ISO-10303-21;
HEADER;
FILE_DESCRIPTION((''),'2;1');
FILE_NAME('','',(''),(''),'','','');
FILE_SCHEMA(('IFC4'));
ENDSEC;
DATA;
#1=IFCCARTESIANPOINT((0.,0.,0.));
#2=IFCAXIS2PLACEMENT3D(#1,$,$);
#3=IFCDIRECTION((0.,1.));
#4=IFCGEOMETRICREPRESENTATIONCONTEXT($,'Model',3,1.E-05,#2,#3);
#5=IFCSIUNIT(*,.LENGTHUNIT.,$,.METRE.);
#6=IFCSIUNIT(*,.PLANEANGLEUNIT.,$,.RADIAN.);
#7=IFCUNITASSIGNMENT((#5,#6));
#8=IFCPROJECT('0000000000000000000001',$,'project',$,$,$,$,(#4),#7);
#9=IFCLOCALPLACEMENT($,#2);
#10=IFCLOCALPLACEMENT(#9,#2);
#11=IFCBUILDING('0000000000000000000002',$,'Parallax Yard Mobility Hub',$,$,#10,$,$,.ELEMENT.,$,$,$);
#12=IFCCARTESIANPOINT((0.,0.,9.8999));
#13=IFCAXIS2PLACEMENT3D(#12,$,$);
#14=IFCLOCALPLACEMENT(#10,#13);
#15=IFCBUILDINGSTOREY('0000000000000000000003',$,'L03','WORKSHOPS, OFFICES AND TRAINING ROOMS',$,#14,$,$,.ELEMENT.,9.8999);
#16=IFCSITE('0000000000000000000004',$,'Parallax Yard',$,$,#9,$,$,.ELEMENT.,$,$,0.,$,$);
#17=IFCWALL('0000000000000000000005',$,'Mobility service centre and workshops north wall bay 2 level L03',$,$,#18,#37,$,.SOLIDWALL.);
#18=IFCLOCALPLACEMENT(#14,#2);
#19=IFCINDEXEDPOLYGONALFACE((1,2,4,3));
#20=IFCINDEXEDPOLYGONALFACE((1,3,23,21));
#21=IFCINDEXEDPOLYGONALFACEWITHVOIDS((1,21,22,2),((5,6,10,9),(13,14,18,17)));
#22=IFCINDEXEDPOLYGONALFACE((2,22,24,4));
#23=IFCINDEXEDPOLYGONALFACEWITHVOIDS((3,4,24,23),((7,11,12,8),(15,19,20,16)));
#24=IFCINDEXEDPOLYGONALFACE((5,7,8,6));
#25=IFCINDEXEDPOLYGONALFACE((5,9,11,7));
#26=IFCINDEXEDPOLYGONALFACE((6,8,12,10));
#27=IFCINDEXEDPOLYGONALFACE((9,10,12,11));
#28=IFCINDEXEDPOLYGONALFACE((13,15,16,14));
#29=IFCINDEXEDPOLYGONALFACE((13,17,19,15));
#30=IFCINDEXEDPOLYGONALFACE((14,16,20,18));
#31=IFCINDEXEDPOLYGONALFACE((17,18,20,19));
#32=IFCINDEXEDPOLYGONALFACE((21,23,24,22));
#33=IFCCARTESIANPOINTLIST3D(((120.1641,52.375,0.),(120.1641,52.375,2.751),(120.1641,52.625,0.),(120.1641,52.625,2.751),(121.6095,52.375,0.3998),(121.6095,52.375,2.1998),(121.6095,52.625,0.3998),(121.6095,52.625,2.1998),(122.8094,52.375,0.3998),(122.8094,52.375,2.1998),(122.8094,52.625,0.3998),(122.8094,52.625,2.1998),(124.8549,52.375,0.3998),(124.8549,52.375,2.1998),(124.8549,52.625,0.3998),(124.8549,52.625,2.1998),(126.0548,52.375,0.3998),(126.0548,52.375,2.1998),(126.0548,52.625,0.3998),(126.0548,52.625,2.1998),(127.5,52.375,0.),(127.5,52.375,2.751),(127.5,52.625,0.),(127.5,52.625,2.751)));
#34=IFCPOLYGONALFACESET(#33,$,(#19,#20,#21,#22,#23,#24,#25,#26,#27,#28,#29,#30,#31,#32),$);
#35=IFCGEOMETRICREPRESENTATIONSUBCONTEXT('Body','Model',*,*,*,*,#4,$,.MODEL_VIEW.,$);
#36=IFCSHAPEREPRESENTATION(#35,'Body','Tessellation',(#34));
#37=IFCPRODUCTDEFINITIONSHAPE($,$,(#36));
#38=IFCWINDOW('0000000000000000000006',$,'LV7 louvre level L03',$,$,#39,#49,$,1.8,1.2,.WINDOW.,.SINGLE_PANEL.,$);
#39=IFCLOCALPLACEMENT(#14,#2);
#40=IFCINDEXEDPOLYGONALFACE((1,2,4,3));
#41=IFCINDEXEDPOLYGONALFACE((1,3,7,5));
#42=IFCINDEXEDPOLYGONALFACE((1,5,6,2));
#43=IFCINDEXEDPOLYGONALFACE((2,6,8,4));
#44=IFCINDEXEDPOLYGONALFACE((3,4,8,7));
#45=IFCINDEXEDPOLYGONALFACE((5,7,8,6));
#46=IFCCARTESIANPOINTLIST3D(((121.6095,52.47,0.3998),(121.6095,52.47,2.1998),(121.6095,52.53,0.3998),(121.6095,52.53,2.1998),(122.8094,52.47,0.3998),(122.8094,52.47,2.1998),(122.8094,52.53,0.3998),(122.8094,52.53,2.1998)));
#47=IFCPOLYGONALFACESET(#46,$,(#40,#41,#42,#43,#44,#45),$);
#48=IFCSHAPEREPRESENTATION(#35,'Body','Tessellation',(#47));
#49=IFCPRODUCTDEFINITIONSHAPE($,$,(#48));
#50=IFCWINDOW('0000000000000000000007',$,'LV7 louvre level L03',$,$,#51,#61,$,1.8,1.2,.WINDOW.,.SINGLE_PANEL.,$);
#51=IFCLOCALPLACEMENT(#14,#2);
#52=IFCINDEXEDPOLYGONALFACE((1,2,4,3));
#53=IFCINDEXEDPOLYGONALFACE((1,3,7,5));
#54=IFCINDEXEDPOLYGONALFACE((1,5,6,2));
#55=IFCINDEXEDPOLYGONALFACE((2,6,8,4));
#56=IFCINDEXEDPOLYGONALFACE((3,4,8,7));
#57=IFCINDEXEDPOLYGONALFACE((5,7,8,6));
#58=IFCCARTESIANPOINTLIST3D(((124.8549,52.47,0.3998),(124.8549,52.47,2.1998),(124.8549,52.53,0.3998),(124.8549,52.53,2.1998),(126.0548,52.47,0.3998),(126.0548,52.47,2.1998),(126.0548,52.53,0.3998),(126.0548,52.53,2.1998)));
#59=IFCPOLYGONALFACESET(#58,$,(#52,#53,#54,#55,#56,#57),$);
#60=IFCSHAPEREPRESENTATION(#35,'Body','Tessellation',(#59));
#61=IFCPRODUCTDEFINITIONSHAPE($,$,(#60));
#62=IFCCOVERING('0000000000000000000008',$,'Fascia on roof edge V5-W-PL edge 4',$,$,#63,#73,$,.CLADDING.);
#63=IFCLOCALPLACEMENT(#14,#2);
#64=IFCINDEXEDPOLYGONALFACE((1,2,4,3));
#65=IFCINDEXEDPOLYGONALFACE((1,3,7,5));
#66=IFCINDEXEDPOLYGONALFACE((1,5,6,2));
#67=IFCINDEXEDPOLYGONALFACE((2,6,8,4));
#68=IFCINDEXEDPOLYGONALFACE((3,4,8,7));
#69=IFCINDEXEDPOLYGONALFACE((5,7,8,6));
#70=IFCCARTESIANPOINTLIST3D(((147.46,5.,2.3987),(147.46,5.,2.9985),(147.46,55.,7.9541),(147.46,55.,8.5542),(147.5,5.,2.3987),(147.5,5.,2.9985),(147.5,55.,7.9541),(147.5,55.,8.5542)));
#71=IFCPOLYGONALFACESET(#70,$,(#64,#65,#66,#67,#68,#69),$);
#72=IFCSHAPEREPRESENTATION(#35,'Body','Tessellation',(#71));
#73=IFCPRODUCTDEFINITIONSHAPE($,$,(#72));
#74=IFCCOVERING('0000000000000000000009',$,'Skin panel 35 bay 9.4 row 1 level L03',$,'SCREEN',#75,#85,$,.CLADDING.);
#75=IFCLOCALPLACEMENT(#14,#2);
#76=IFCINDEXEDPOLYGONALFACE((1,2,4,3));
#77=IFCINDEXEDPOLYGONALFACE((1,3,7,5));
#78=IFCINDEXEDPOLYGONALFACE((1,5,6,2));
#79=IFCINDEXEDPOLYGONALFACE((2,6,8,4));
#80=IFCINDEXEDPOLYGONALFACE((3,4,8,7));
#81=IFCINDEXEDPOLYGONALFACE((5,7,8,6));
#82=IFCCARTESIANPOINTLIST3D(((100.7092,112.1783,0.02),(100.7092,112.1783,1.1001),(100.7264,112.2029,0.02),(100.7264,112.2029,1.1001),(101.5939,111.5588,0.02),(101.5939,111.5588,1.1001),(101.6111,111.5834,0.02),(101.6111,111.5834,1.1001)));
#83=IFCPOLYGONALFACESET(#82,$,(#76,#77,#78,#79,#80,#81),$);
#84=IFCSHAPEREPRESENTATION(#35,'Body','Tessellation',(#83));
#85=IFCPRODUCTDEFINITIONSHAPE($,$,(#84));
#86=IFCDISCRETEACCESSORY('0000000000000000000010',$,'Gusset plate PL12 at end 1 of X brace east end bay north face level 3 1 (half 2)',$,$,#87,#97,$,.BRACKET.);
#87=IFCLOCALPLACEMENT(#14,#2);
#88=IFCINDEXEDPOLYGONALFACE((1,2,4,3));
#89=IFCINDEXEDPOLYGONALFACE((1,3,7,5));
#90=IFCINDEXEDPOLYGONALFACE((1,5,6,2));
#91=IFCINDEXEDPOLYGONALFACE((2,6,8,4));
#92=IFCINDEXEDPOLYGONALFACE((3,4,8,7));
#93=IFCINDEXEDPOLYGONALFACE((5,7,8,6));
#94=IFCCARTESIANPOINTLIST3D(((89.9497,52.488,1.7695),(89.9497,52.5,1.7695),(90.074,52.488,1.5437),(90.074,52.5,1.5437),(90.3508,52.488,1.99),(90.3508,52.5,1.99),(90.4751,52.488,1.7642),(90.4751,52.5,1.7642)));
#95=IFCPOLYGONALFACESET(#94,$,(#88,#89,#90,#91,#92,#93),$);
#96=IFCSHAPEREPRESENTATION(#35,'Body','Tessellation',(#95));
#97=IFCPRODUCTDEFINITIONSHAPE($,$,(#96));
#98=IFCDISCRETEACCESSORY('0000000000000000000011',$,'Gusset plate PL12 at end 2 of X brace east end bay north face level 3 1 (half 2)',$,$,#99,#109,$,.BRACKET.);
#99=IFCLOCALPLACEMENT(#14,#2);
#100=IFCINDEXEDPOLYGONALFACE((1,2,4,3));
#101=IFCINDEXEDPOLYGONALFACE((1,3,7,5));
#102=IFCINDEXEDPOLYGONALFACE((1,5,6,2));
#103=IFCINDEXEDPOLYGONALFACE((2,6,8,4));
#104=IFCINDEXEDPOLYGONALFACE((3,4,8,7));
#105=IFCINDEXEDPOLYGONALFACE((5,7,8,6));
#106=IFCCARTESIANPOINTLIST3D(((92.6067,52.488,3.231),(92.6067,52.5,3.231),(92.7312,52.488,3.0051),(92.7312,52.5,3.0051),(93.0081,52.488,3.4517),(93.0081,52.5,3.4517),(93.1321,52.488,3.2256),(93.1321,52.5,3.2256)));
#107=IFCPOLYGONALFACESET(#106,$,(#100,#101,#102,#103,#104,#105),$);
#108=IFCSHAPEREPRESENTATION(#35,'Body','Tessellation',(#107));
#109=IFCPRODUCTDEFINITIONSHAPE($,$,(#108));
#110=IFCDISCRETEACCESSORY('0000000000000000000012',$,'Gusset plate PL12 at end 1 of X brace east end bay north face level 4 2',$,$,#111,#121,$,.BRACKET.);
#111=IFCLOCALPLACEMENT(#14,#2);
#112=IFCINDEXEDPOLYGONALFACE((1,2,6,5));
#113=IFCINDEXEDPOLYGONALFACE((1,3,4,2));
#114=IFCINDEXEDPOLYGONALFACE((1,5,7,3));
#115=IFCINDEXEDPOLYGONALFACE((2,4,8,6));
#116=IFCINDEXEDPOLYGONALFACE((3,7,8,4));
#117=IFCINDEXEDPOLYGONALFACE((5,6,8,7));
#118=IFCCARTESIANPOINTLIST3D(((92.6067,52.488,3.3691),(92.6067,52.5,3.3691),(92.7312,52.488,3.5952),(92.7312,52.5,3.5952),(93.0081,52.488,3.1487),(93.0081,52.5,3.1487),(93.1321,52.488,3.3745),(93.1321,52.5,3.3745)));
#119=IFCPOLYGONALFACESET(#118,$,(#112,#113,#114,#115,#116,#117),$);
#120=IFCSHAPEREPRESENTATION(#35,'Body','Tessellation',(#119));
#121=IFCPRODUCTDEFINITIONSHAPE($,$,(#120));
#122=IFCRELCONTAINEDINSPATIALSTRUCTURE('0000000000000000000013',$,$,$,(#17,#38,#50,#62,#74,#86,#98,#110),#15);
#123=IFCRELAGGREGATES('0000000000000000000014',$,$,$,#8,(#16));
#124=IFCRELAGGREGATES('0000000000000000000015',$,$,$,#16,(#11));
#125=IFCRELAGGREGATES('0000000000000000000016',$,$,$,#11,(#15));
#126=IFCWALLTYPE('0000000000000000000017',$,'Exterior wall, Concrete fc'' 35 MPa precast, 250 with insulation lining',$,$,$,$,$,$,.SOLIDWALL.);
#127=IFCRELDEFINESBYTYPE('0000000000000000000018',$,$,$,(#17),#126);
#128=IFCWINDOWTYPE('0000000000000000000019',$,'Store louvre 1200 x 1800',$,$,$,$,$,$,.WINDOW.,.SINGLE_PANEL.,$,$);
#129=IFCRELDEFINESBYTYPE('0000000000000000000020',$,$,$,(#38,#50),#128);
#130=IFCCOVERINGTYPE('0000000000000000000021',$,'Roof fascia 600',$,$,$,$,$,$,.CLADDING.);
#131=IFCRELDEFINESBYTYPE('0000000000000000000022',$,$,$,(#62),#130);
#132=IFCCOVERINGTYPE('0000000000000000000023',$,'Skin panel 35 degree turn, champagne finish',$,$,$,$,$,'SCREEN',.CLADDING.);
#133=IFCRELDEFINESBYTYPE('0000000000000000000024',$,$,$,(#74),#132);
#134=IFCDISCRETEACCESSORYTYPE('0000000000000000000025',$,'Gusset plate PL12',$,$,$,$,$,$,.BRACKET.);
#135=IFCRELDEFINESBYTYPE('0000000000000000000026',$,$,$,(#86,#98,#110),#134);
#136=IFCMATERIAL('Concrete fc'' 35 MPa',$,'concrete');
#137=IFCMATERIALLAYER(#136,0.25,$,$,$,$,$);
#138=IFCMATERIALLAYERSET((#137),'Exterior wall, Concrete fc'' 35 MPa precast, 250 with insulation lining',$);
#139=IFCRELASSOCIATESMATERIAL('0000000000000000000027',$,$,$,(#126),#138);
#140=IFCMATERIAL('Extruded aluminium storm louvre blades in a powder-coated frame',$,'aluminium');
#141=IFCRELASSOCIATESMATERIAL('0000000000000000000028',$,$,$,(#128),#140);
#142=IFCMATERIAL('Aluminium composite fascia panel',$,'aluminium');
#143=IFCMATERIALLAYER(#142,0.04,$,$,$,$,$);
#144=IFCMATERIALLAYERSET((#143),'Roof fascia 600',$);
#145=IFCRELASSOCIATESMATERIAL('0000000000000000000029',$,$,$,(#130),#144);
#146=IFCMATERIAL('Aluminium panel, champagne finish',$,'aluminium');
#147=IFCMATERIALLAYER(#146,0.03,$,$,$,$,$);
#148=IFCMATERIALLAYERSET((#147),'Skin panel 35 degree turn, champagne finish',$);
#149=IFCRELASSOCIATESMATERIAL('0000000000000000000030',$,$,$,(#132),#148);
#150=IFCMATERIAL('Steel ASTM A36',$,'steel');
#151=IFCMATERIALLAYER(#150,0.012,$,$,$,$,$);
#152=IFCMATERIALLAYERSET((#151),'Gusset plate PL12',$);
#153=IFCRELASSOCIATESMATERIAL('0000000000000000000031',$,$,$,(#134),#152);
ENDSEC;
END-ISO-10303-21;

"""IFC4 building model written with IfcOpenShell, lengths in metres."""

from ifc_helpers import new_model, si_unit, direction, frame, frame_2d, origin, origin_2d, place, context, subcontext, project, spatial, polyline, rectangle, outline, extrude, material, layer, layer_set, type_object, element, fill, save


model = new_model("IFC4")

# Units and contexts
model_context = context("Model", 3, precision=1e-05, world=origin(), true_north=direction((0.0, 1.0)))
body_context = subcontext(model_context, "Body", "Model", "MODEL_VIEW")
ifc_project = project(units=[si_unit("LENGTHUNIT", "METRE"), si_unit("PLANEANGLEUNIT", "RADIAN")], contexts=[model_context])

# Site, building, storey
site_placement = place(None, origin())
site = spatial("IfcSite", under=ifc_project, at=site_placement, Name="Parallax Yard", CompositionType="ELEMENT", RefElevation=0.0)
building_placement = place(site_placement, origin())
building = spatial("IfcBuilding", under=site, at=building_placement, Name="Parallax Yard Mobility Hub", CompositionType="ELEMENT")
storey_placement = place(building_placement, frame((0.0, 0.0, 9.8999)))
storey = spatial("IfcBuildingStorey", under=building, at=storey_placement, Name="L03", Description="WORKSHOPS, OFFICES AND TRAINING ROOMS", CompositionType="ELEMENT", Elevation=9.8999)

# Shared definitions
ifc_material_1 = material(Name="Concrete fc' 35 MPa", Category="concrete")

# Wall, openings, windows
ifc_layer_1 = layer(ifc_material_1, 0.25)
ifc_layer_set_1 = layer_set([ifc_layer_1], Name="Exterior wall, Concrete fc' 35 MPa precast, 250 with insulation lining")
wall_type_1 = type_object("IfcWallType", Name="Exterior wall, Concrete fc' 35 MPa precast, 250 with insulation lining", PredefinedType="SOLIDWALL", material=ifc_layer_set_1)
ifc_material_2 = material(Name="Extruded aluminium storm louvre blades in a powder-coated frame", Category="aluminium")
window_type = type_object("IfcWindowType", Name="Store louvre 1200 x 1800", PartitioningType="SINGLE_PANEL", PredefinedType="WINDOW", material=ifc_material_2)
wall_1_placement = place(storey_placement, frame((120.1641, 52.5, 0.0), z_axis=(0.0, 0.0, 1.0), x_axis=(1.0, 0.0, 0.0)))
wall_1 = element("IfcWall", 1, at=wall_1_placement, inside=storey, type_object=wall_type_1, Name="Mobility service centre and workshops north wall bay 2 level L03", PredefinedType="SOLIDWALL", context=body_context, shape_type="SweptSolid", body=[
    extrude(rectangle(XDim=7.3359, YDim=0.25, at=frame_2d((3.668, 0.0))), origin(), (0.0, 0.0, 1.0), 2.751),
])
opening_1_placement = place(wall_1_placement, frame((1.4453, 0.0, 0.3999)))
opening_1 = element("IfcOpeningElement", 2, at=opening_1_placement, cuts=wall_1, PredefinedType="OPENING", context=body_context, shape_type="SweptSolid", body=[
    extrude(rectangle(XDim=1.2, YDim=1.8, at=frame_2d((0.6001, 0.8999))), frame((0.0, 0.135, 0.0), z_axis=(0.0, -1.0, 0.0), x_axis=(1.0, 0.0, 0.0)), (0.0, 0.0, 1.0), 0.27),
])
opening_2_placement = place(wall_1_placement, frame((4.6907, 0.0, 0.3999)))
opening_2 = element("IfcOpeningElement", 3, at=opening_2_placement, cuts=wall_1, PredefinedType="OPENING", context=body_context, shape_type="SweptSolid", body=[
    extrude(rectangle(XDim=1.2, YDim=1.8, at=frame_2d((0.6001, 0.8999))), frame((0.0, 0.135, 0.0), z_axis=(0.0, -1.0, 0.0), x_axis=(1.0, 0.0, 0.0)), (0.0, 0.0, 1.0), 0.27),
])
window_1_placement = place(opening_1_placement, origin())
window_1 = element("IfcWindow", 4, at=window_1_placement, inside=storey, type_object=window_type, Name="LV7 louvre level L03", OverallHeight=1.8, OverallWidth=1.2, PartitioningType="SINGLE_PANEL", PredefinedType="WINDOW", context=body_context, shape_type="SweptSolid", body=[
    extrude(rectangle(XDim=1.2, YDim=1.8, at=frame_2d((0.6001, 0.8999))), frame((0.0, 0.03, 0.0), z_axis=(0.0, -1.0, 0.0), x_axis=(1.0, 0.0, 0.0)), (0.0, 0.0, 1.0), 0.0601),
])
fill(opening_1, window_1)
window_2_placement = place(opening_2_placement, origin())
window_2 = element("IfcWindow", 5, at=window_2_placement, inside=storey, type_object=window_type, Name="LV7 louvre level L03", OverallHeight=1.8, OverallWidth=1.2, PartitioningType="SINGLE_PANEL", PredefinedType="WINDOW", context=body_context, shape_type="SweptSolid", body=[
    extrude(rectangle(XDim=1.2, YDim=1.8, at=frame_2d((0.6001, 0.8999))), frame((0.0, 0.03, 0.0), z_axis=(0.0, -1.0, 0.0), x_axis=(1.0, 0.0, 0.0)), (0.0, 0.0, 1.0), 0.0601),
])
fill(opening_2, window_2)

# Coverings
ifc_material_3 = material(Name="Aluminium composite fascia panel", Category="aluminium")
ifc_layer_2 = layer(ifc_material_3, 0.04)
ifc_layer_set_2 = layer_set([ifc_layer_2], Name="Roof fascia 600")
covering_type_1 = type_object("IfcCoveringType", Name="Roof fascia 600", PredefinedType="CLADDING", material=ifc_layer_set_2)
covering_1_placement = place(storey_placement, frame((147.5, 55.0, 8.5542), z_axis=(1.0, 0.0, 0.0), x_axis=(0.0, -0.993883, -0.110434)))
element("IfcCovering", 6, at=covering_1_placement, inside=storey, type_object=covering_type_1, Name="Fascia on roof edge V5-W-PL edge 4", PredefinedType="CLADDING", context=body_context, shape_type="SweptSolid", body=[
    extrude(outline(polyline([(0.0, 0.0), (50.3077, 0.0), (50.374, 0.5962), (0.0663, 0.5964), (0.0, 0.0)])), origin(), (0.0, 0.0, -1.0), 0.04),
])
ifc_material_4 = material(Name="Aluminium panel, champagne finish", Category="aluminium")
ifc_layer_3 = layer(ifc_material_4, 0.03)
ifc_layer_set_3 = layer_set([ifc_layer_3], Name="Skin panel 35 degree turn, champagne finish")
covering_type_2 = type_object("IfcCoveringType", Name="Skin panel 35 degree turn, champagne finish", ElementType="SCREEN", PredefinedType="CLADDING", material=ifc_layer_set_3)
covering_2_placement = place(storey_placement, frame((101.1602, 111.8809, 0.02), z_axis=(0.0, 0.0, 1.0), x_axis=(0.819152, -0.573576, 0.0)))
element("IfcCovering", 7, at=covering_2_placement, inside=storey, type_object=covering_type_2, Name="Skin panel 35 bay 9.4 row 1 level L03", ObjectType="SCREEN", PredefinedType="CLADDING", context=body_context, shape_type="SweptSolid", body=[
    extrude(rectangle(XDim=1.0801, YDim=0.03, at=origin_2d()), origin(), (0.0, 0.0, 1.0), 1.0801),
])

# Discrete accessories
ifc_material_5 = material(Name="Steel ASTM A36", Category="steel")
ifc_layer_4 = layer(ifc_material_5, 0.012)
ifc_layer_set_4 = layer_set([ifc_layer_4], Name="Gusset plate PL12")
discrete_accessory_type = type_object("IfcDiscreteAccessoryType", Name="Gusset plate PL12", PredefinedType="BRACKET", material=ifc_layer_set_4)
discrete_accessory_1_placement = place(storey_placement, frame((90.4751, 52.5, 1.7642), z_axis=(0.0, 1.0, 0.0), x_axis=(-0.876362, 0.0, -0.481653)))
element("IfcDiscreteAccessory", 8, at=discrete_accessory_1_placement, inside=storey, type_object=discrete_accessory_type, Name="Gusset plate PL12 at end 1 of X brace east end bay north face level 3 1 (half 2)", PredefinedType="BRACKET", context=body_context, shape_type="SweptSolid", body=[
    extrude(outline(polyline([(0.0, 0.0), (0.4577, 0.0), (0.4578, 0.2578), (0.0001, 0.2578), (0.0, 0.0)])), origin(), (0.0, 0.0, -1.0), 0.012),
])
discrete_accessory_2_placement = place(storey_placement, frame((92.6067, 52.5, 3.231), z_axis=(0.0, 1.0, 0.0), x_axis=(0.876261, 0.0, 0.481837)))
element("IfcDiscreteAccessory", 9, at=discrete_accessory_2_placement, inside=storey, type_object=discrete_accessory_type, Name="Gusset plate PL12 at end 2 of X brace east end bay north face level 3 1 (half 2)", PredefinedType="BRACKET", context=body_context, shape_type="SweptSolid", body=[
    extrude(outline(polyline([(0.0, 0.0), (0.458, 0.0), (0.4578, 0.2579), (0.0003, 0.2579), (0.0, 0.0)])), origin(), (0.0, 0.0, -1.0), 0.012),
])
discrete_accessory_3_placement = place(storey_placement, frame((92.7312, 52.5, 3.5952), z_axis=(0.0, 1.0, 0.0), x_axis=(0.876013, 0.0, -0.482287)))
element("IfcDiscreteAccessory", 10, at=discrete_accessory_3_placement, inside=storey, type_object=discrete_accessory_type, Name="Gusset plate PL12 at end 1 of X brace east end bay north face level 4 2", PredefinedType="BRACKET", context=body_context, shape_type="SweptSolid", body=[
    extrude(outline(polyline([(0.0, 0.0), (0.4576, 0.0), (0.4579, 0.2576), (0.0, 0.2581), (0.0, 0.0)])), origin(), (0.0, 0.0, -1.0), 0.012),
])

save(model, "model.ifc")
